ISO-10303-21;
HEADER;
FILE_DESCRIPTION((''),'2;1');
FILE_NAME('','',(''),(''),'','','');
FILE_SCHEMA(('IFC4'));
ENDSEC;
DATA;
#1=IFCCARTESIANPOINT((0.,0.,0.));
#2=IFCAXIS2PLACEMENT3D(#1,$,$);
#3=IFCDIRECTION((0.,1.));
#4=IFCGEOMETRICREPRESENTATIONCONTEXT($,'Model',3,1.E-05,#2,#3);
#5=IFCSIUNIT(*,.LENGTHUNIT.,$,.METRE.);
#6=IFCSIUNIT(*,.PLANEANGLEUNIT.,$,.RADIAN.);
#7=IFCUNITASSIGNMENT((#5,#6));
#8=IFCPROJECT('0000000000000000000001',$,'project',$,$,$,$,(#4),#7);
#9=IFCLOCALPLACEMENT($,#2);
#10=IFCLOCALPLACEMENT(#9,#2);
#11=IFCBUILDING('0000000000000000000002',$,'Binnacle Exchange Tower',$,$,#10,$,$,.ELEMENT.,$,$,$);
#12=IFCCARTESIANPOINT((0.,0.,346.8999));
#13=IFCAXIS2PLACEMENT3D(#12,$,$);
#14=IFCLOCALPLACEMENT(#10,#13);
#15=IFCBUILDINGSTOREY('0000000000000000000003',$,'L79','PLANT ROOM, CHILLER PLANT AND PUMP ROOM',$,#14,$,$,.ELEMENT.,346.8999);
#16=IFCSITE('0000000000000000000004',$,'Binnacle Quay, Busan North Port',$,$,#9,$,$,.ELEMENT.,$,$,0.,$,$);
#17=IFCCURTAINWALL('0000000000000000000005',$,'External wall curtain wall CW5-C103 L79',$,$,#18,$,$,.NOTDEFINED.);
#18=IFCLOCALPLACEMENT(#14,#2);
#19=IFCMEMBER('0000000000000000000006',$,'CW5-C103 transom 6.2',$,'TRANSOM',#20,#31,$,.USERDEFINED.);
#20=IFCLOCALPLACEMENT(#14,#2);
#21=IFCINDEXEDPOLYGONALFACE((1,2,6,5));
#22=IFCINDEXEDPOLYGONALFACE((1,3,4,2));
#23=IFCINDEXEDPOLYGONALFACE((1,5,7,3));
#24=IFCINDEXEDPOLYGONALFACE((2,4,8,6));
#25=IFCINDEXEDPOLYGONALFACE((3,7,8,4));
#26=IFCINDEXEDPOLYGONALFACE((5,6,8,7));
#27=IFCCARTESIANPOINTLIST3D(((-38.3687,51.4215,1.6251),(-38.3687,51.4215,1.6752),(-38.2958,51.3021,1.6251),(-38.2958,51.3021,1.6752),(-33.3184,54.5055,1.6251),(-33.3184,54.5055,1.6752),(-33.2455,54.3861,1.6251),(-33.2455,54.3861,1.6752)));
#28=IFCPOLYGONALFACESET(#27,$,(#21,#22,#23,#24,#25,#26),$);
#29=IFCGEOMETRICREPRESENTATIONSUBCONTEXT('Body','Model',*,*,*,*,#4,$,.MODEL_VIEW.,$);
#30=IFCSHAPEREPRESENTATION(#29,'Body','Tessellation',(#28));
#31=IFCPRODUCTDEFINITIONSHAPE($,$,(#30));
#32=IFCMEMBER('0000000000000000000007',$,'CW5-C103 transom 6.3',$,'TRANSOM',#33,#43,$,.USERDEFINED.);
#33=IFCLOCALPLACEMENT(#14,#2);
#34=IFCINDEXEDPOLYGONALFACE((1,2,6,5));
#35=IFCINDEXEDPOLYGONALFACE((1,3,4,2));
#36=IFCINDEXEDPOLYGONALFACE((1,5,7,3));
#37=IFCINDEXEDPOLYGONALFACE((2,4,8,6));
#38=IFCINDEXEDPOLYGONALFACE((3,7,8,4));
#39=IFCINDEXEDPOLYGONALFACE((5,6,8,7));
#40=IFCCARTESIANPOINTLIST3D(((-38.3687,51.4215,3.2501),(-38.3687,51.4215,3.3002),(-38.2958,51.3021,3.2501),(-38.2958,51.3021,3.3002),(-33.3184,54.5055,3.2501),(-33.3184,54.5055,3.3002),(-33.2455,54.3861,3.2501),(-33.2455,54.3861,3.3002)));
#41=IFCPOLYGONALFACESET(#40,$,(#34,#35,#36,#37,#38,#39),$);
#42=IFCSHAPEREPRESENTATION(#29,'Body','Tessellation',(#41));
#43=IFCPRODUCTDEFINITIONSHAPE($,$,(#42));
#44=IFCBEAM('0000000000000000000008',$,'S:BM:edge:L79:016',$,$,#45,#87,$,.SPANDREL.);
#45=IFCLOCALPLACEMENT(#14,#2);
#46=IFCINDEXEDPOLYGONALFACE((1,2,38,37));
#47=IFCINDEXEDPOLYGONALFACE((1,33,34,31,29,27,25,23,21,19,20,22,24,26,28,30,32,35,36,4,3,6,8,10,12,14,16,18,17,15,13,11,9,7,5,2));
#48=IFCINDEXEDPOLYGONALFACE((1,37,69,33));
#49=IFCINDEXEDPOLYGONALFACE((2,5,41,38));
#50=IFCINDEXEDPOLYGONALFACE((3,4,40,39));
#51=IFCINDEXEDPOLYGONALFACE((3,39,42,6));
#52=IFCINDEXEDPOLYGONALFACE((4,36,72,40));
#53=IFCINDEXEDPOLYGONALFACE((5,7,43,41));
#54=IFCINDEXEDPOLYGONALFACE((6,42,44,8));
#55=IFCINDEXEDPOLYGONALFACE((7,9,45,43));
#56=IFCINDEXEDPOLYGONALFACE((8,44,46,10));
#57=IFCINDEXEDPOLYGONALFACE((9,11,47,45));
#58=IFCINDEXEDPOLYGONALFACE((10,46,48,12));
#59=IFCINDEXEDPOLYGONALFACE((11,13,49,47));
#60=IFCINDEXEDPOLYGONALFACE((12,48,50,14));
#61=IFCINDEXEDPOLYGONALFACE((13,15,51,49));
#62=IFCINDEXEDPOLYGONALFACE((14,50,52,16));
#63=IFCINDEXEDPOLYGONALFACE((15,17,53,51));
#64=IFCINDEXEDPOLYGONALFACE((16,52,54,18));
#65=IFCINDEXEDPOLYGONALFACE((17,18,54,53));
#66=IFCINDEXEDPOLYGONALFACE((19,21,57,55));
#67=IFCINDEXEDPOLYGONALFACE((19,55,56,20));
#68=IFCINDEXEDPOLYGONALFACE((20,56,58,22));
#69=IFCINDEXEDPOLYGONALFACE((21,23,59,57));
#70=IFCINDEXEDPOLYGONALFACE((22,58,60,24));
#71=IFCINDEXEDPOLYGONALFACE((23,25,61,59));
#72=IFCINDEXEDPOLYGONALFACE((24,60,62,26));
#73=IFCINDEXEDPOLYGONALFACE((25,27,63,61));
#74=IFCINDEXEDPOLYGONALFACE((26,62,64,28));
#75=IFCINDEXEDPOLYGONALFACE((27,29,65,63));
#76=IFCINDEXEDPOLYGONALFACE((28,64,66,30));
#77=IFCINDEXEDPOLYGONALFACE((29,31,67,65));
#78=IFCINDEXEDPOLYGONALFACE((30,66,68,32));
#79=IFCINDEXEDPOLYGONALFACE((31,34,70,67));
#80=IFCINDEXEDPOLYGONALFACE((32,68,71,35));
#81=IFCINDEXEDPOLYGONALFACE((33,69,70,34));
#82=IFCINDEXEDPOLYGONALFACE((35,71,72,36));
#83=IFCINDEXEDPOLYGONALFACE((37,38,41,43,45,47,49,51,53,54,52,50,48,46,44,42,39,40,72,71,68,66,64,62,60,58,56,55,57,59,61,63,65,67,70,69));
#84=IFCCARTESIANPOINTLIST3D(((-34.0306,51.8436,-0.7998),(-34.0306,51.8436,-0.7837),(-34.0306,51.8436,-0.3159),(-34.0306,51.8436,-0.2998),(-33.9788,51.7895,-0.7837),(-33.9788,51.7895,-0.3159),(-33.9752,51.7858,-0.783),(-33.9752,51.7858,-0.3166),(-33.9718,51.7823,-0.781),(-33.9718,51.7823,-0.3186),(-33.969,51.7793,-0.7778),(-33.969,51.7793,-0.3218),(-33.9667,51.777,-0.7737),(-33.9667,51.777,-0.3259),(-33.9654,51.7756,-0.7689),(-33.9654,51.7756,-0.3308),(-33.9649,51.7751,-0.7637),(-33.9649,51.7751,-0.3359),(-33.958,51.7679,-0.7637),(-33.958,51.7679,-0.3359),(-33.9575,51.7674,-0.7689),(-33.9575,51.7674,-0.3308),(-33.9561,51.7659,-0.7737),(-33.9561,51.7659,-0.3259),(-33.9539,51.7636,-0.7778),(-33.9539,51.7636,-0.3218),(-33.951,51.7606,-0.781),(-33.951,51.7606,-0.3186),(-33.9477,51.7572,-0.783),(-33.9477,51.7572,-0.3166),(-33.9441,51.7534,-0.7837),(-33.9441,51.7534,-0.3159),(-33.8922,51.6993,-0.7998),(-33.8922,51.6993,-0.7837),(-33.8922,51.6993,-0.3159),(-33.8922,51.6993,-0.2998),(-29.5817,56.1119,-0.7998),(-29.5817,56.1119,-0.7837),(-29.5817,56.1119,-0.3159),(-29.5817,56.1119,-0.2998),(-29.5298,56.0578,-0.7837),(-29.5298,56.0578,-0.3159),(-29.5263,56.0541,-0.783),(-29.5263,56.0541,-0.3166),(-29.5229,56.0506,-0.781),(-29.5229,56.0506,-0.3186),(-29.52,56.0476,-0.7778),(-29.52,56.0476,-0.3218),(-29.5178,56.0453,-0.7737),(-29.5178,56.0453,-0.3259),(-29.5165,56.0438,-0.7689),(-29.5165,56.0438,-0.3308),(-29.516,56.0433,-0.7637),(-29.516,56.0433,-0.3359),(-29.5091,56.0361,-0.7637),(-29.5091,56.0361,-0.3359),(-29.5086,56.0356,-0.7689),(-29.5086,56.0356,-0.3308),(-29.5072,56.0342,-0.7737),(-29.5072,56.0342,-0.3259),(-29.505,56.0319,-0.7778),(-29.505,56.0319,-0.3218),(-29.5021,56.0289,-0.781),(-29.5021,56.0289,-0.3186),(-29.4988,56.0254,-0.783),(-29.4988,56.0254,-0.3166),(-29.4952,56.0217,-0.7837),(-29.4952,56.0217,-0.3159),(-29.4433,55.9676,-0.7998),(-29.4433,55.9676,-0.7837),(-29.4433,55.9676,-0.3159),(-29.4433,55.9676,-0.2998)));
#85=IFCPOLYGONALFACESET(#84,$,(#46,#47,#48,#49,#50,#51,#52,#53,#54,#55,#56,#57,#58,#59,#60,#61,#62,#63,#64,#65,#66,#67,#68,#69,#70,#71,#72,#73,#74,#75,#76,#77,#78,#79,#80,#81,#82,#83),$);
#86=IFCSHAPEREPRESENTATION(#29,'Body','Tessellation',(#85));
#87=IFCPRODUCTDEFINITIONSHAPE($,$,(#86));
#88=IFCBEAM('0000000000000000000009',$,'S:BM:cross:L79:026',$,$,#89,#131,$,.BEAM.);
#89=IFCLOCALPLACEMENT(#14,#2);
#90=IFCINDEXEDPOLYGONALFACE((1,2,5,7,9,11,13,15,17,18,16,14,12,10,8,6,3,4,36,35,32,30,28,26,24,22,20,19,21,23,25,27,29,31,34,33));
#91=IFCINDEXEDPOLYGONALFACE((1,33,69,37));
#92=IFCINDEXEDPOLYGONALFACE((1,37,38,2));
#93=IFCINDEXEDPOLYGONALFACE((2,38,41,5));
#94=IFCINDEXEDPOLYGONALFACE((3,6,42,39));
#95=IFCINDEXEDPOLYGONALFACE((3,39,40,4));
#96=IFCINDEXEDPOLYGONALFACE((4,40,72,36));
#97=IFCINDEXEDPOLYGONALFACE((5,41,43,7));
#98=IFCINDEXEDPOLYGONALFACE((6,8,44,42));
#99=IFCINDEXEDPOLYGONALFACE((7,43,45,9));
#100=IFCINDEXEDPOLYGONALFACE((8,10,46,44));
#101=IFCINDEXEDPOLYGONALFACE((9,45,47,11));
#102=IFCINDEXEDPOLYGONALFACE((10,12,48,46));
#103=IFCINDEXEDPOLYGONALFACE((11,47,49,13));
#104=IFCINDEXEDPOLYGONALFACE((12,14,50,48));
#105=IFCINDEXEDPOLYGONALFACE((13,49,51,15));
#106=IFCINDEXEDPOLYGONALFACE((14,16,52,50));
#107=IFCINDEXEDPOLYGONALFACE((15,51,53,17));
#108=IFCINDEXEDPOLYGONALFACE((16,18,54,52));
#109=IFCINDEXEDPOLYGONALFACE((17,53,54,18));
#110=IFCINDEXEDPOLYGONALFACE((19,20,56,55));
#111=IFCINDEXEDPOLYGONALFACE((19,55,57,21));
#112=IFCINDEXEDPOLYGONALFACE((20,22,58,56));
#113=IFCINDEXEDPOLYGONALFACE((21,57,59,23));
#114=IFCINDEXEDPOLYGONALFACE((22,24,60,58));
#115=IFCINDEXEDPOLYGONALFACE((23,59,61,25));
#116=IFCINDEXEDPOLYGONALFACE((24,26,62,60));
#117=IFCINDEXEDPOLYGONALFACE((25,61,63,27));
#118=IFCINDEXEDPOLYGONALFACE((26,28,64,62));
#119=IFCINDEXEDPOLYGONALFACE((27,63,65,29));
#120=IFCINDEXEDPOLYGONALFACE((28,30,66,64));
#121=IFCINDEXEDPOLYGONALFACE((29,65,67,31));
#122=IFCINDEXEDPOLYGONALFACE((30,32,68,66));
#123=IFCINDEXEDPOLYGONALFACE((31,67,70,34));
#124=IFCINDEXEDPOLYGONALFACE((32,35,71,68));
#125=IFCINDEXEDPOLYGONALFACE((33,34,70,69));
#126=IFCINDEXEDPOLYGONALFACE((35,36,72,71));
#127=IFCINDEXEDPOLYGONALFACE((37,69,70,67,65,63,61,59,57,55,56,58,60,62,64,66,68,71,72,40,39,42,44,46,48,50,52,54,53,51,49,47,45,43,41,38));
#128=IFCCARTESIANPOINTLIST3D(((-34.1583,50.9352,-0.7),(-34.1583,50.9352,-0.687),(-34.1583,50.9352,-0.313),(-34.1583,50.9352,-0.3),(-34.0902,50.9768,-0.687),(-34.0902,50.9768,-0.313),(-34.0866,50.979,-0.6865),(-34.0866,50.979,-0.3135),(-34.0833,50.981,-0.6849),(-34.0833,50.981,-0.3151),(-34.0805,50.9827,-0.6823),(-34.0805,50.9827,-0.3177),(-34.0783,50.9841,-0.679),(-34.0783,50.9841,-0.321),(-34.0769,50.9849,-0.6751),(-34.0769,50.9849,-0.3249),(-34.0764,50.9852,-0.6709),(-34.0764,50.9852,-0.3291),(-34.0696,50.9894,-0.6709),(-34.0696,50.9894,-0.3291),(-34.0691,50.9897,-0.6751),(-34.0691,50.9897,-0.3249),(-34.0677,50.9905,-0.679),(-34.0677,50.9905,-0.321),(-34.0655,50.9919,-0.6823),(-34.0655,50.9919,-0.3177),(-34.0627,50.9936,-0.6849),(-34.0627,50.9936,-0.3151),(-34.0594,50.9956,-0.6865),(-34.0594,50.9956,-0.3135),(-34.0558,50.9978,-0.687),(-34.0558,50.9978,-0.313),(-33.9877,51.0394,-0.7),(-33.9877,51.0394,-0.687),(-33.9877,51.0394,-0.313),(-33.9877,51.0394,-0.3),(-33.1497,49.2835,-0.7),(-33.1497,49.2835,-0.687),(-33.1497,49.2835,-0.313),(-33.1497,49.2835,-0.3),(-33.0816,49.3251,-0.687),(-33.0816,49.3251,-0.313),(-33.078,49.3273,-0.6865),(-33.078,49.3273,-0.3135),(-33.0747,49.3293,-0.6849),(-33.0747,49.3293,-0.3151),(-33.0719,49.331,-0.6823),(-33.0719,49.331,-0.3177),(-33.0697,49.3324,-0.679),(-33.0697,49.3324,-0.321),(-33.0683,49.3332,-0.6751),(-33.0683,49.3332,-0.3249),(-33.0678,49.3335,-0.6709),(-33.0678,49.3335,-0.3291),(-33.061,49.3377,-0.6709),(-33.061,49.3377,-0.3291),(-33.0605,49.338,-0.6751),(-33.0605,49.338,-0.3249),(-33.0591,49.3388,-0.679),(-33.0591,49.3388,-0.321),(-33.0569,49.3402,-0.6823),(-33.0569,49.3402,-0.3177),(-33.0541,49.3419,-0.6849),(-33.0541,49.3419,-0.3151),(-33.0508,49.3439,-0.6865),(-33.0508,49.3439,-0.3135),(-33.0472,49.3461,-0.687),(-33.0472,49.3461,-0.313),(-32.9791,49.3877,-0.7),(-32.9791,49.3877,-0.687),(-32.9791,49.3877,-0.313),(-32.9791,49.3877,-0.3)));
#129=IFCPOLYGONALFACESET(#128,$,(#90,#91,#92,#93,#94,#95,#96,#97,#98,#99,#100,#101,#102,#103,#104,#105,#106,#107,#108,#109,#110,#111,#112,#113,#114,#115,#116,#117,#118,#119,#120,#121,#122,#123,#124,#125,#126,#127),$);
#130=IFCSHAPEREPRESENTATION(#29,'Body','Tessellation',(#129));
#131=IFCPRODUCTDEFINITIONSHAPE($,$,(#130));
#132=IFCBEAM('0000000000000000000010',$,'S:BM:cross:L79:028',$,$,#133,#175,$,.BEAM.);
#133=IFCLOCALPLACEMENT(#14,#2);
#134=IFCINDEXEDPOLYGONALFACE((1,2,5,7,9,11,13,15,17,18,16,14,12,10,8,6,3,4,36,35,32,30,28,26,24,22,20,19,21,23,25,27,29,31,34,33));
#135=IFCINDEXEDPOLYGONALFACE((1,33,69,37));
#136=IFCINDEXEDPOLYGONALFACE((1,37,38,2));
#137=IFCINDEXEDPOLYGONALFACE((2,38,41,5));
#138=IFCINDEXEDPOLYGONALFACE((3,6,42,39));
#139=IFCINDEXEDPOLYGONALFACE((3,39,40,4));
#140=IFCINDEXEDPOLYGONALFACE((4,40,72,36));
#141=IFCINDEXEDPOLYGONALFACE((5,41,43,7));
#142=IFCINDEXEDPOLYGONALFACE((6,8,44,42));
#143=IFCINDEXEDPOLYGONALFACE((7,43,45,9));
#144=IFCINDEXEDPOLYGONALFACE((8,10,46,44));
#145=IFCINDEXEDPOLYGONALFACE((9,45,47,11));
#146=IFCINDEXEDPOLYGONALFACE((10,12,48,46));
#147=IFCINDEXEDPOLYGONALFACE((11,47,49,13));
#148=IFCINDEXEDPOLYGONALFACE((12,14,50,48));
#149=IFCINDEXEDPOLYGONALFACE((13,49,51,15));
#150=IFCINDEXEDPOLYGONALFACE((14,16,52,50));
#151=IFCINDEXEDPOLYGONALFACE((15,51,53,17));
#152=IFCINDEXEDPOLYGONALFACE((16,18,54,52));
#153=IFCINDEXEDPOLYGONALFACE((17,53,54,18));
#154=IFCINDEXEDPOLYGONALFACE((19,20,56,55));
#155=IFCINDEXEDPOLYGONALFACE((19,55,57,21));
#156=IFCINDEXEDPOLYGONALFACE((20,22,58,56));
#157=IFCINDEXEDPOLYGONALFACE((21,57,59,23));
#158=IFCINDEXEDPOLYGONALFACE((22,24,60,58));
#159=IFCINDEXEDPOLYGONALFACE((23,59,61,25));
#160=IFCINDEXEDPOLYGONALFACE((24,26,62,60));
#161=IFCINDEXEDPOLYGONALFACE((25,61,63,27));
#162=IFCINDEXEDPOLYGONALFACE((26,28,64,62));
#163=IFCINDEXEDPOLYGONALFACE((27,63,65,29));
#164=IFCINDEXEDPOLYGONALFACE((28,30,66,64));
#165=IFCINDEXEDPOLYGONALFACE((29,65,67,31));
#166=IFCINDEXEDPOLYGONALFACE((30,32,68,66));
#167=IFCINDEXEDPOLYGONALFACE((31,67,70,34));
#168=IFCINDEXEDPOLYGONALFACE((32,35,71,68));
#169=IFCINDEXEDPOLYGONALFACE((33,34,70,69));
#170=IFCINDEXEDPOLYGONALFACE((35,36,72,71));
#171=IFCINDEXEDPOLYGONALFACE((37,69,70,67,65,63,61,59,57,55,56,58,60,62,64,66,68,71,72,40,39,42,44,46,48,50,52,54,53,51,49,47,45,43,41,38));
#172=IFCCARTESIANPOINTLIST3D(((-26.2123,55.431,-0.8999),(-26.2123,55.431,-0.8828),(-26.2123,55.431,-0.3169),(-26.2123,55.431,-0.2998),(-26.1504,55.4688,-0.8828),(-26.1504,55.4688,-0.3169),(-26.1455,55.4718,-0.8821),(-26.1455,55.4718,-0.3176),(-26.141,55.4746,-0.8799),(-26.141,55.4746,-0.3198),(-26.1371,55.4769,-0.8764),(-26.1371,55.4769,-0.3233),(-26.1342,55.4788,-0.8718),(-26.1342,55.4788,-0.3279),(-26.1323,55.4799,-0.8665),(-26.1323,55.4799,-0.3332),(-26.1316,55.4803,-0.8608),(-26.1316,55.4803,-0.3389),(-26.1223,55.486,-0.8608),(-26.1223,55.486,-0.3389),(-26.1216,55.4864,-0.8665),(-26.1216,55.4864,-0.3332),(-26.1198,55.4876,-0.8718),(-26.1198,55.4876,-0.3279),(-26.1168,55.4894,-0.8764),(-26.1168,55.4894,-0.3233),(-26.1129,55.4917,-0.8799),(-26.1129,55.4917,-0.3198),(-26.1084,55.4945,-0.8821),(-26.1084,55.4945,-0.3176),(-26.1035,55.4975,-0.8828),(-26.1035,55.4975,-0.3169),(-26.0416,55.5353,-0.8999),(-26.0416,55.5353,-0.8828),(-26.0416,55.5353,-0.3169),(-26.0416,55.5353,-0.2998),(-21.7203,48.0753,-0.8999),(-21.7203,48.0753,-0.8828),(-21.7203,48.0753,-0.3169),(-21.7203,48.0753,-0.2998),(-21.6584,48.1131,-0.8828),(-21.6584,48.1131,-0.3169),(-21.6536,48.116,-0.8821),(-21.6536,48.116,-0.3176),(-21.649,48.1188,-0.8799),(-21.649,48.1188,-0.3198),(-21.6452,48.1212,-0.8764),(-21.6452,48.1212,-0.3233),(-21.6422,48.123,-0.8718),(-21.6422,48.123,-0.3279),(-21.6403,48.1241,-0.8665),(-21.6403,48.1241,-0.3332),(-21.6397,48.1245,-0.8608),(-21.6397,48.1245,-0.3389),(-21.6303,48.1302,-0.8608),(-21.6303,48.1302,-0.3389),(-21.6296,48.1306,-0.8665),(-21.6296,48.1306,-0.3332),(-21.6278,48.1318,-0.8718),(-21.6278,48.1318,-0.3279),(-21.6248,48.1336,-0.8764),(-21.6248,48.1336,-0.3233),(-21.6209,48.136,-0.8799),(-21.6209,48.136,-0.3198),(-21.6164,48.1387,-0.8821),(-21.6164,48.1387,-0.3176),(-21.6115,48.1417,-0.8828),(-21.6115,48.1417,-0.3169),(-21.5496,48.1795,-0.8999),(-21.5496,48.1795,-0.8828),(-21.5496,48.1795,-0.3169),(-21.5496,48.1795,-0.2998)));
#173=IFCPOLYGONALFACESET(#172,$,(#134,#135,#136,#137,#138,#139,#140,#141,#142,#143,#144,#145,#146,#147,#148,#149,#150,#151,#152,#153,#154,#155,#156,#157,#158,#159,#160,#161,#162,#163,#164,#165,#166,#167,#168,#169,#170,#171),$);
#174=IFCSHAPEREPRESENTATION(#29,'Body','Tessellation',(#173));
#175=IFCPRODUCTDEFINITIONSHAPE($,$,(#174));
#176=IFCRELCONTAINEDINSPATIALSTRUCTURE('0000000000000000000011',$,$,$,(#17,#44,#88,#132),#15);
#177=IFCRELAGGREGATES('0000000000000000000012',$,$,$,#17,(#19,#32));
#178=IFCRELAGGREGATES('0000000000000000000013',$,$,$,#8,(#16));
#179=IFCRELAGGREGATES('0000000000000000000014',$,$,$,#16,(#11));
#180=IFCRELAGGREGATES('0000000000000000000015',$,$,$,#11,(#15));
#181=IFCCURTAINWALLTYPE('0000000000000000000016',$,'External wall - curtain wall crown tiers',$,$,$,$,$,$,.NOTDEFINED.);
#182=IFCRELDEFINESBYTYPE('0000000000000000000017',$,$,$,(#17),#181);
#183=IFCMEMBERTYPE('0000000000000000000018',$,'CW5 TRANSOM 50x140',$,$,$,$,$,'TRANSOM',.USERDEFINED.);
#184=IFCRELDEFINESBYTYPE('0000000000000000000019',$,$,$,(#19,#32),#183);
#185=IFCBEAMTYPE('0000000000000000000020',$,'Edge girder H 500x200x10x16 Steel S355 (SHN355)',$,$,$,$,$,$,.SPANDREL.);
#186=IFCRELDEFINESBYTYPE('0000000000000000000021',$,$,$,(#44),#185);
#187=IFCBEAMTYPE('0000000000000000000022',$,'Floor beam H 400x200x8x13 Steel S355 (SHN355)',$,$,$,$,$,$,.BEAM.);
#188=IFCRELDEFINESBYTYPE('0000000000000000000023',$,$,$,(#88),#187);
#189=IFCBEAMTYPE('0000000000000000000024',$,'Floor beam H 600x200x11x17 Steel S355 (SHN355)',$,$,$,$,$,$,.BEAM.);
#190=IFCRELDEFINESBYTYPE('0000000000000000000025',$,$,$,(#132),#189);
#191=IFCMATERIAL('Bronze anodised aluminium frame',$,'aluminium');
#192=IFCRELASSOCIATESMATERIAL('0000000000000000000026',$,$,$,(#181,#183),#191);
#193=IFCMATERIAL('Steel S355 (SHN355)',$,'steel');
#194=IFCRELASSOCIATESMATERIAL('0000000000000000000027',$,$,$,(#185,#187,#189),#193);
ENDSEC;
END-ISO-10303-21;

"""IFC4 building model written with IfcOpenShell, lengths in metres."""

from ifc_helpers import new_model, si_unit, direction, frame, origin, origin_2d, place, context, subcontext, project, spatial, rectangle, i_section, extrude, material, material_profile, profile_set, type_object, element, aggregate, save


model = new_model("IFC4")

# Units and contexts
model_context = context("Model", 3, precision=1e-05, world=origin(), true_north=direction((0.0, 1.0)))
body_context = subcontext(model_context, "Body", "Model", "MODEL_VIEW")
ifc_project = project(units=[si_unit("LENGTHUNIT", "METRE"), si_unit("PLANEANGLEUNIT", "RADIAN")], contexts=[model_context])

# Site, building, storey
site_placement = place(None, origin())
site = spatial("IfcSite", under=ifc_project, at=site_placement, Name="Binnacle Quay, Busan North Port", CompositionType="ELEMENT", RefElevation=0.0)
building_placement = place(site_placement, origin())
building = spatial("IfcBuilding", under=site, at=building_placement, Name="Binnacle Exchange Tower", CompositionType="ELEMENT")
storey_placement = place(building_placement, frame((0.0, 0.0, 346.8999)))
storey = spatial("IfcBuildingStorey", under=building, at=storey_placement, Name="L79", Description="PLANT ROOM, CHILLER PLANT AND PUMP ROOM", CompositionType="ELEMENT", Elevation=346.8999)

# Shared definitions
ifc_material_1 = material(Name="Steel S355 (SHN355)", Category="steel")

# Curtain wall, members
ifc_material_2 = material(Name="Bronze anodised aluminium frame", Category="aluminium")
curtain_wall_type = type_object("IfcCurtainWallType", Name="External wall - curtain wall crown tiers", PredefinedType="NOTDEFINED", material=ifc_material_2)
curtain_wall_placement = place(storey_placement, origin())
curtain_wall = element("IfcCurtainWall", 1, at=curtain_wall_placement, inside=storey, type_object=curtain_wall_type, Name="External wall curtain wall CW5-C103 L79", PredefinedType="NOTDEFINED")
ifc_material_profile_1 = material_profile(ifc_material_2, rectangle(XDim=0.1399, YDim=0.05, at=origin_2d()), Name="AL 140x50")
ifc_profile_set_1 = profile_set([ifc_material_profile_1], Name="Bronze anodised aluminium frame")
member_type_1 = type_object("IfcMemberType", Name="CW5 TRANSOM 50x140", ElementType="TRANSOM", PredefinedType="USERDEFINED", material=ifc_profile_set_1)
member_1_placement = place(storey_placement, frame((-33.282, 54.4458, 1.6501), z_axis=(-0.853455, -0.521166, 0.0), x_axis=(0.521166, -0.853455, 0.0)))
member_1 = element("IfcMember", 2, at=member_1_placement, type_object=member_type_1, Name="CW5-C103 transom 6.2", ObjectType="TRANSOM", PredefinedType="USERDEFINED", context=body_context, shape_type="SweptSolid", body=[
    extrude(rectangle(XDim=0.1399, YDim=0.05, at=origin_2d()), origin(), (0.0, 0.0, 1.0), 5.9175),
])
member_2_placement = place(storey_placement, frame((-33.282, 54.4458, 3.2751), z_axis=(-0.853455, -0.521166, 0.0), x_axis=(0.521166, -0.853455, 0.0)))
member_2 = element("IfcMember", 3, at=member_2_placement, type_object=member_type_1, Name="CW5-C103 transom 6.3", ObjectType="TRANSOM", PredefinedType="USERDEFINED", context=body_context, shape_type="SweptSolid", body=[
    extrude(rectangle(XDim=0.1399, YDim=0.05, at=origin_2d()), origin(), (0.0, 0.0, 1.0), 5.9175),
])

# Beams
ifc_material_profile_2 = material_profile(ifc_material_1, i_section(OverallWidth=0.2, OverallDepth=0.5, WebThickness=0.01, FlangeThickness=0.0161, FilletRadius=0.02, at=origin_2d()), Name="H 500x200x10x16")
ifc_profile_set_2 = profile_set([ifc_material_profile_2], Name="Steel S355 (SHN355)")
beam_type_1 = type_object("IfcBeamType", Name="Edge girder H 500x200x10x16 Steel S355 (SHN355)", PredefinedType="SPANDREL", material=ifc_profile_set_2)
beam_1_placement = place(storey_placement, frame((-33.9614, 51.7715, -0.5498), z_axis=(0.721606, 0.692303, 0.0), x_axis=(-0.692303, 0.721606, 0.0)))
element("IfcBeam", 4, at=beam_1_placement, inside=storey, type_object=beam_type_1, Name="S:BM:edge:L79:016", PredefinedType="SPANDREL", context=body_context, shape_type="SweptSolid", body=[
    extrude(i_section(OverallWidth=0.2, OverallDepth=0.5, WebThickness=0.01, FlangeThickness=0.0161, FilletRadius=0.02, at=origin_2d()), origin(), (0.0, 0.0, 1.0), 6.1653),
])
ifc_material_profile_3 = material_profile(ifc_material_1, i_section(OverallWidth=0.2, OverallDepth=0.3999, WebThickness=0.0081, FlangeThickness=0.0129, FilletRadius=0.0161, at=origin_2d()), Name="H 400x200x8x13")
ifc_profile_set_3 = profile_set([ifc_material_profile_3], Name="Steel S355 (SHN355)")
beam_type_2 = type_object("IfcBeamType", Name="Floor beam H 400x200x8x13 Steel S355 (SHN355)", PredefinedType="BEAM", material=ifc_profile_set_3)
beam_2_placement = place(storey_placement, frame((-34.073, 50.9873, -0.5), z_axis=(0.521159, -0.85346, 0.0), x_axis=(0.85346, 0.521159, 0.0)))
element("IfcBeam", 5, at=beam_2_placement, inside=storey, type_object=beam_type_2, Name="S:BM:cross:L79:026", PredefinedType="BEAM", context=body_context, shape_type="SweptSolid", body=[
    extrude(i_section(OverallWidth=0.2, OverallDepth=0.3999, WebThickness=0.0081, FlangeThickness=0.0129, FilletRadius=0.0161, at=origin_2d()), origin(), (0.0, 0.0, 1.0), 1.9353),
])
ifc_material_profile_4 = material_profile(ifc_material_1, i_section(OverallWidth=0.2, OverallDepth=0.6001, WebThickness=0.011, FlangeThickness=0.0171, FilletRadius=0.022, at=origin_2d()), Name="H 600x200x11x17")
ifc_profile_set_4 = profile_set([ifc_material_profile_4], Name="Steel S355 (SHN355)")
beam_type_3 = type_object("IfcBeamType", Name="Floor beam H 600x200x11x17 Steel S355 (SHN355)", PredefinedType="BEAM", material=ifc_profile_set_4)
beam_3_placement = place(storey_placement, frame((-26.127, 55.4832, -0.5999), z_axis=(0.521178, -0.853448, 0.0), x_axis=(0.853448, 0.521178, 0.0)))
element("IfcBeam", 6, at=beam_3_placement, inside=storey, type_object=beam_type_3, Name="S:BM:cross:L79:028", PredefinedType="BEAM", context=body_context, shape_type="SweptSolid", body=[
    extrude(i_section(OverallWidth=0.2, OverallDepth=0.6001, WebThickness=0.011, FlangeThickness=0.0171, FilletRadius=0.022, at=origin_2d()), origin(), (0.0, 0.0, 1.0), 8.6189),
])

aggregate(curtain_wall, [member_1, member_2])

save(model, "model.ifc")
